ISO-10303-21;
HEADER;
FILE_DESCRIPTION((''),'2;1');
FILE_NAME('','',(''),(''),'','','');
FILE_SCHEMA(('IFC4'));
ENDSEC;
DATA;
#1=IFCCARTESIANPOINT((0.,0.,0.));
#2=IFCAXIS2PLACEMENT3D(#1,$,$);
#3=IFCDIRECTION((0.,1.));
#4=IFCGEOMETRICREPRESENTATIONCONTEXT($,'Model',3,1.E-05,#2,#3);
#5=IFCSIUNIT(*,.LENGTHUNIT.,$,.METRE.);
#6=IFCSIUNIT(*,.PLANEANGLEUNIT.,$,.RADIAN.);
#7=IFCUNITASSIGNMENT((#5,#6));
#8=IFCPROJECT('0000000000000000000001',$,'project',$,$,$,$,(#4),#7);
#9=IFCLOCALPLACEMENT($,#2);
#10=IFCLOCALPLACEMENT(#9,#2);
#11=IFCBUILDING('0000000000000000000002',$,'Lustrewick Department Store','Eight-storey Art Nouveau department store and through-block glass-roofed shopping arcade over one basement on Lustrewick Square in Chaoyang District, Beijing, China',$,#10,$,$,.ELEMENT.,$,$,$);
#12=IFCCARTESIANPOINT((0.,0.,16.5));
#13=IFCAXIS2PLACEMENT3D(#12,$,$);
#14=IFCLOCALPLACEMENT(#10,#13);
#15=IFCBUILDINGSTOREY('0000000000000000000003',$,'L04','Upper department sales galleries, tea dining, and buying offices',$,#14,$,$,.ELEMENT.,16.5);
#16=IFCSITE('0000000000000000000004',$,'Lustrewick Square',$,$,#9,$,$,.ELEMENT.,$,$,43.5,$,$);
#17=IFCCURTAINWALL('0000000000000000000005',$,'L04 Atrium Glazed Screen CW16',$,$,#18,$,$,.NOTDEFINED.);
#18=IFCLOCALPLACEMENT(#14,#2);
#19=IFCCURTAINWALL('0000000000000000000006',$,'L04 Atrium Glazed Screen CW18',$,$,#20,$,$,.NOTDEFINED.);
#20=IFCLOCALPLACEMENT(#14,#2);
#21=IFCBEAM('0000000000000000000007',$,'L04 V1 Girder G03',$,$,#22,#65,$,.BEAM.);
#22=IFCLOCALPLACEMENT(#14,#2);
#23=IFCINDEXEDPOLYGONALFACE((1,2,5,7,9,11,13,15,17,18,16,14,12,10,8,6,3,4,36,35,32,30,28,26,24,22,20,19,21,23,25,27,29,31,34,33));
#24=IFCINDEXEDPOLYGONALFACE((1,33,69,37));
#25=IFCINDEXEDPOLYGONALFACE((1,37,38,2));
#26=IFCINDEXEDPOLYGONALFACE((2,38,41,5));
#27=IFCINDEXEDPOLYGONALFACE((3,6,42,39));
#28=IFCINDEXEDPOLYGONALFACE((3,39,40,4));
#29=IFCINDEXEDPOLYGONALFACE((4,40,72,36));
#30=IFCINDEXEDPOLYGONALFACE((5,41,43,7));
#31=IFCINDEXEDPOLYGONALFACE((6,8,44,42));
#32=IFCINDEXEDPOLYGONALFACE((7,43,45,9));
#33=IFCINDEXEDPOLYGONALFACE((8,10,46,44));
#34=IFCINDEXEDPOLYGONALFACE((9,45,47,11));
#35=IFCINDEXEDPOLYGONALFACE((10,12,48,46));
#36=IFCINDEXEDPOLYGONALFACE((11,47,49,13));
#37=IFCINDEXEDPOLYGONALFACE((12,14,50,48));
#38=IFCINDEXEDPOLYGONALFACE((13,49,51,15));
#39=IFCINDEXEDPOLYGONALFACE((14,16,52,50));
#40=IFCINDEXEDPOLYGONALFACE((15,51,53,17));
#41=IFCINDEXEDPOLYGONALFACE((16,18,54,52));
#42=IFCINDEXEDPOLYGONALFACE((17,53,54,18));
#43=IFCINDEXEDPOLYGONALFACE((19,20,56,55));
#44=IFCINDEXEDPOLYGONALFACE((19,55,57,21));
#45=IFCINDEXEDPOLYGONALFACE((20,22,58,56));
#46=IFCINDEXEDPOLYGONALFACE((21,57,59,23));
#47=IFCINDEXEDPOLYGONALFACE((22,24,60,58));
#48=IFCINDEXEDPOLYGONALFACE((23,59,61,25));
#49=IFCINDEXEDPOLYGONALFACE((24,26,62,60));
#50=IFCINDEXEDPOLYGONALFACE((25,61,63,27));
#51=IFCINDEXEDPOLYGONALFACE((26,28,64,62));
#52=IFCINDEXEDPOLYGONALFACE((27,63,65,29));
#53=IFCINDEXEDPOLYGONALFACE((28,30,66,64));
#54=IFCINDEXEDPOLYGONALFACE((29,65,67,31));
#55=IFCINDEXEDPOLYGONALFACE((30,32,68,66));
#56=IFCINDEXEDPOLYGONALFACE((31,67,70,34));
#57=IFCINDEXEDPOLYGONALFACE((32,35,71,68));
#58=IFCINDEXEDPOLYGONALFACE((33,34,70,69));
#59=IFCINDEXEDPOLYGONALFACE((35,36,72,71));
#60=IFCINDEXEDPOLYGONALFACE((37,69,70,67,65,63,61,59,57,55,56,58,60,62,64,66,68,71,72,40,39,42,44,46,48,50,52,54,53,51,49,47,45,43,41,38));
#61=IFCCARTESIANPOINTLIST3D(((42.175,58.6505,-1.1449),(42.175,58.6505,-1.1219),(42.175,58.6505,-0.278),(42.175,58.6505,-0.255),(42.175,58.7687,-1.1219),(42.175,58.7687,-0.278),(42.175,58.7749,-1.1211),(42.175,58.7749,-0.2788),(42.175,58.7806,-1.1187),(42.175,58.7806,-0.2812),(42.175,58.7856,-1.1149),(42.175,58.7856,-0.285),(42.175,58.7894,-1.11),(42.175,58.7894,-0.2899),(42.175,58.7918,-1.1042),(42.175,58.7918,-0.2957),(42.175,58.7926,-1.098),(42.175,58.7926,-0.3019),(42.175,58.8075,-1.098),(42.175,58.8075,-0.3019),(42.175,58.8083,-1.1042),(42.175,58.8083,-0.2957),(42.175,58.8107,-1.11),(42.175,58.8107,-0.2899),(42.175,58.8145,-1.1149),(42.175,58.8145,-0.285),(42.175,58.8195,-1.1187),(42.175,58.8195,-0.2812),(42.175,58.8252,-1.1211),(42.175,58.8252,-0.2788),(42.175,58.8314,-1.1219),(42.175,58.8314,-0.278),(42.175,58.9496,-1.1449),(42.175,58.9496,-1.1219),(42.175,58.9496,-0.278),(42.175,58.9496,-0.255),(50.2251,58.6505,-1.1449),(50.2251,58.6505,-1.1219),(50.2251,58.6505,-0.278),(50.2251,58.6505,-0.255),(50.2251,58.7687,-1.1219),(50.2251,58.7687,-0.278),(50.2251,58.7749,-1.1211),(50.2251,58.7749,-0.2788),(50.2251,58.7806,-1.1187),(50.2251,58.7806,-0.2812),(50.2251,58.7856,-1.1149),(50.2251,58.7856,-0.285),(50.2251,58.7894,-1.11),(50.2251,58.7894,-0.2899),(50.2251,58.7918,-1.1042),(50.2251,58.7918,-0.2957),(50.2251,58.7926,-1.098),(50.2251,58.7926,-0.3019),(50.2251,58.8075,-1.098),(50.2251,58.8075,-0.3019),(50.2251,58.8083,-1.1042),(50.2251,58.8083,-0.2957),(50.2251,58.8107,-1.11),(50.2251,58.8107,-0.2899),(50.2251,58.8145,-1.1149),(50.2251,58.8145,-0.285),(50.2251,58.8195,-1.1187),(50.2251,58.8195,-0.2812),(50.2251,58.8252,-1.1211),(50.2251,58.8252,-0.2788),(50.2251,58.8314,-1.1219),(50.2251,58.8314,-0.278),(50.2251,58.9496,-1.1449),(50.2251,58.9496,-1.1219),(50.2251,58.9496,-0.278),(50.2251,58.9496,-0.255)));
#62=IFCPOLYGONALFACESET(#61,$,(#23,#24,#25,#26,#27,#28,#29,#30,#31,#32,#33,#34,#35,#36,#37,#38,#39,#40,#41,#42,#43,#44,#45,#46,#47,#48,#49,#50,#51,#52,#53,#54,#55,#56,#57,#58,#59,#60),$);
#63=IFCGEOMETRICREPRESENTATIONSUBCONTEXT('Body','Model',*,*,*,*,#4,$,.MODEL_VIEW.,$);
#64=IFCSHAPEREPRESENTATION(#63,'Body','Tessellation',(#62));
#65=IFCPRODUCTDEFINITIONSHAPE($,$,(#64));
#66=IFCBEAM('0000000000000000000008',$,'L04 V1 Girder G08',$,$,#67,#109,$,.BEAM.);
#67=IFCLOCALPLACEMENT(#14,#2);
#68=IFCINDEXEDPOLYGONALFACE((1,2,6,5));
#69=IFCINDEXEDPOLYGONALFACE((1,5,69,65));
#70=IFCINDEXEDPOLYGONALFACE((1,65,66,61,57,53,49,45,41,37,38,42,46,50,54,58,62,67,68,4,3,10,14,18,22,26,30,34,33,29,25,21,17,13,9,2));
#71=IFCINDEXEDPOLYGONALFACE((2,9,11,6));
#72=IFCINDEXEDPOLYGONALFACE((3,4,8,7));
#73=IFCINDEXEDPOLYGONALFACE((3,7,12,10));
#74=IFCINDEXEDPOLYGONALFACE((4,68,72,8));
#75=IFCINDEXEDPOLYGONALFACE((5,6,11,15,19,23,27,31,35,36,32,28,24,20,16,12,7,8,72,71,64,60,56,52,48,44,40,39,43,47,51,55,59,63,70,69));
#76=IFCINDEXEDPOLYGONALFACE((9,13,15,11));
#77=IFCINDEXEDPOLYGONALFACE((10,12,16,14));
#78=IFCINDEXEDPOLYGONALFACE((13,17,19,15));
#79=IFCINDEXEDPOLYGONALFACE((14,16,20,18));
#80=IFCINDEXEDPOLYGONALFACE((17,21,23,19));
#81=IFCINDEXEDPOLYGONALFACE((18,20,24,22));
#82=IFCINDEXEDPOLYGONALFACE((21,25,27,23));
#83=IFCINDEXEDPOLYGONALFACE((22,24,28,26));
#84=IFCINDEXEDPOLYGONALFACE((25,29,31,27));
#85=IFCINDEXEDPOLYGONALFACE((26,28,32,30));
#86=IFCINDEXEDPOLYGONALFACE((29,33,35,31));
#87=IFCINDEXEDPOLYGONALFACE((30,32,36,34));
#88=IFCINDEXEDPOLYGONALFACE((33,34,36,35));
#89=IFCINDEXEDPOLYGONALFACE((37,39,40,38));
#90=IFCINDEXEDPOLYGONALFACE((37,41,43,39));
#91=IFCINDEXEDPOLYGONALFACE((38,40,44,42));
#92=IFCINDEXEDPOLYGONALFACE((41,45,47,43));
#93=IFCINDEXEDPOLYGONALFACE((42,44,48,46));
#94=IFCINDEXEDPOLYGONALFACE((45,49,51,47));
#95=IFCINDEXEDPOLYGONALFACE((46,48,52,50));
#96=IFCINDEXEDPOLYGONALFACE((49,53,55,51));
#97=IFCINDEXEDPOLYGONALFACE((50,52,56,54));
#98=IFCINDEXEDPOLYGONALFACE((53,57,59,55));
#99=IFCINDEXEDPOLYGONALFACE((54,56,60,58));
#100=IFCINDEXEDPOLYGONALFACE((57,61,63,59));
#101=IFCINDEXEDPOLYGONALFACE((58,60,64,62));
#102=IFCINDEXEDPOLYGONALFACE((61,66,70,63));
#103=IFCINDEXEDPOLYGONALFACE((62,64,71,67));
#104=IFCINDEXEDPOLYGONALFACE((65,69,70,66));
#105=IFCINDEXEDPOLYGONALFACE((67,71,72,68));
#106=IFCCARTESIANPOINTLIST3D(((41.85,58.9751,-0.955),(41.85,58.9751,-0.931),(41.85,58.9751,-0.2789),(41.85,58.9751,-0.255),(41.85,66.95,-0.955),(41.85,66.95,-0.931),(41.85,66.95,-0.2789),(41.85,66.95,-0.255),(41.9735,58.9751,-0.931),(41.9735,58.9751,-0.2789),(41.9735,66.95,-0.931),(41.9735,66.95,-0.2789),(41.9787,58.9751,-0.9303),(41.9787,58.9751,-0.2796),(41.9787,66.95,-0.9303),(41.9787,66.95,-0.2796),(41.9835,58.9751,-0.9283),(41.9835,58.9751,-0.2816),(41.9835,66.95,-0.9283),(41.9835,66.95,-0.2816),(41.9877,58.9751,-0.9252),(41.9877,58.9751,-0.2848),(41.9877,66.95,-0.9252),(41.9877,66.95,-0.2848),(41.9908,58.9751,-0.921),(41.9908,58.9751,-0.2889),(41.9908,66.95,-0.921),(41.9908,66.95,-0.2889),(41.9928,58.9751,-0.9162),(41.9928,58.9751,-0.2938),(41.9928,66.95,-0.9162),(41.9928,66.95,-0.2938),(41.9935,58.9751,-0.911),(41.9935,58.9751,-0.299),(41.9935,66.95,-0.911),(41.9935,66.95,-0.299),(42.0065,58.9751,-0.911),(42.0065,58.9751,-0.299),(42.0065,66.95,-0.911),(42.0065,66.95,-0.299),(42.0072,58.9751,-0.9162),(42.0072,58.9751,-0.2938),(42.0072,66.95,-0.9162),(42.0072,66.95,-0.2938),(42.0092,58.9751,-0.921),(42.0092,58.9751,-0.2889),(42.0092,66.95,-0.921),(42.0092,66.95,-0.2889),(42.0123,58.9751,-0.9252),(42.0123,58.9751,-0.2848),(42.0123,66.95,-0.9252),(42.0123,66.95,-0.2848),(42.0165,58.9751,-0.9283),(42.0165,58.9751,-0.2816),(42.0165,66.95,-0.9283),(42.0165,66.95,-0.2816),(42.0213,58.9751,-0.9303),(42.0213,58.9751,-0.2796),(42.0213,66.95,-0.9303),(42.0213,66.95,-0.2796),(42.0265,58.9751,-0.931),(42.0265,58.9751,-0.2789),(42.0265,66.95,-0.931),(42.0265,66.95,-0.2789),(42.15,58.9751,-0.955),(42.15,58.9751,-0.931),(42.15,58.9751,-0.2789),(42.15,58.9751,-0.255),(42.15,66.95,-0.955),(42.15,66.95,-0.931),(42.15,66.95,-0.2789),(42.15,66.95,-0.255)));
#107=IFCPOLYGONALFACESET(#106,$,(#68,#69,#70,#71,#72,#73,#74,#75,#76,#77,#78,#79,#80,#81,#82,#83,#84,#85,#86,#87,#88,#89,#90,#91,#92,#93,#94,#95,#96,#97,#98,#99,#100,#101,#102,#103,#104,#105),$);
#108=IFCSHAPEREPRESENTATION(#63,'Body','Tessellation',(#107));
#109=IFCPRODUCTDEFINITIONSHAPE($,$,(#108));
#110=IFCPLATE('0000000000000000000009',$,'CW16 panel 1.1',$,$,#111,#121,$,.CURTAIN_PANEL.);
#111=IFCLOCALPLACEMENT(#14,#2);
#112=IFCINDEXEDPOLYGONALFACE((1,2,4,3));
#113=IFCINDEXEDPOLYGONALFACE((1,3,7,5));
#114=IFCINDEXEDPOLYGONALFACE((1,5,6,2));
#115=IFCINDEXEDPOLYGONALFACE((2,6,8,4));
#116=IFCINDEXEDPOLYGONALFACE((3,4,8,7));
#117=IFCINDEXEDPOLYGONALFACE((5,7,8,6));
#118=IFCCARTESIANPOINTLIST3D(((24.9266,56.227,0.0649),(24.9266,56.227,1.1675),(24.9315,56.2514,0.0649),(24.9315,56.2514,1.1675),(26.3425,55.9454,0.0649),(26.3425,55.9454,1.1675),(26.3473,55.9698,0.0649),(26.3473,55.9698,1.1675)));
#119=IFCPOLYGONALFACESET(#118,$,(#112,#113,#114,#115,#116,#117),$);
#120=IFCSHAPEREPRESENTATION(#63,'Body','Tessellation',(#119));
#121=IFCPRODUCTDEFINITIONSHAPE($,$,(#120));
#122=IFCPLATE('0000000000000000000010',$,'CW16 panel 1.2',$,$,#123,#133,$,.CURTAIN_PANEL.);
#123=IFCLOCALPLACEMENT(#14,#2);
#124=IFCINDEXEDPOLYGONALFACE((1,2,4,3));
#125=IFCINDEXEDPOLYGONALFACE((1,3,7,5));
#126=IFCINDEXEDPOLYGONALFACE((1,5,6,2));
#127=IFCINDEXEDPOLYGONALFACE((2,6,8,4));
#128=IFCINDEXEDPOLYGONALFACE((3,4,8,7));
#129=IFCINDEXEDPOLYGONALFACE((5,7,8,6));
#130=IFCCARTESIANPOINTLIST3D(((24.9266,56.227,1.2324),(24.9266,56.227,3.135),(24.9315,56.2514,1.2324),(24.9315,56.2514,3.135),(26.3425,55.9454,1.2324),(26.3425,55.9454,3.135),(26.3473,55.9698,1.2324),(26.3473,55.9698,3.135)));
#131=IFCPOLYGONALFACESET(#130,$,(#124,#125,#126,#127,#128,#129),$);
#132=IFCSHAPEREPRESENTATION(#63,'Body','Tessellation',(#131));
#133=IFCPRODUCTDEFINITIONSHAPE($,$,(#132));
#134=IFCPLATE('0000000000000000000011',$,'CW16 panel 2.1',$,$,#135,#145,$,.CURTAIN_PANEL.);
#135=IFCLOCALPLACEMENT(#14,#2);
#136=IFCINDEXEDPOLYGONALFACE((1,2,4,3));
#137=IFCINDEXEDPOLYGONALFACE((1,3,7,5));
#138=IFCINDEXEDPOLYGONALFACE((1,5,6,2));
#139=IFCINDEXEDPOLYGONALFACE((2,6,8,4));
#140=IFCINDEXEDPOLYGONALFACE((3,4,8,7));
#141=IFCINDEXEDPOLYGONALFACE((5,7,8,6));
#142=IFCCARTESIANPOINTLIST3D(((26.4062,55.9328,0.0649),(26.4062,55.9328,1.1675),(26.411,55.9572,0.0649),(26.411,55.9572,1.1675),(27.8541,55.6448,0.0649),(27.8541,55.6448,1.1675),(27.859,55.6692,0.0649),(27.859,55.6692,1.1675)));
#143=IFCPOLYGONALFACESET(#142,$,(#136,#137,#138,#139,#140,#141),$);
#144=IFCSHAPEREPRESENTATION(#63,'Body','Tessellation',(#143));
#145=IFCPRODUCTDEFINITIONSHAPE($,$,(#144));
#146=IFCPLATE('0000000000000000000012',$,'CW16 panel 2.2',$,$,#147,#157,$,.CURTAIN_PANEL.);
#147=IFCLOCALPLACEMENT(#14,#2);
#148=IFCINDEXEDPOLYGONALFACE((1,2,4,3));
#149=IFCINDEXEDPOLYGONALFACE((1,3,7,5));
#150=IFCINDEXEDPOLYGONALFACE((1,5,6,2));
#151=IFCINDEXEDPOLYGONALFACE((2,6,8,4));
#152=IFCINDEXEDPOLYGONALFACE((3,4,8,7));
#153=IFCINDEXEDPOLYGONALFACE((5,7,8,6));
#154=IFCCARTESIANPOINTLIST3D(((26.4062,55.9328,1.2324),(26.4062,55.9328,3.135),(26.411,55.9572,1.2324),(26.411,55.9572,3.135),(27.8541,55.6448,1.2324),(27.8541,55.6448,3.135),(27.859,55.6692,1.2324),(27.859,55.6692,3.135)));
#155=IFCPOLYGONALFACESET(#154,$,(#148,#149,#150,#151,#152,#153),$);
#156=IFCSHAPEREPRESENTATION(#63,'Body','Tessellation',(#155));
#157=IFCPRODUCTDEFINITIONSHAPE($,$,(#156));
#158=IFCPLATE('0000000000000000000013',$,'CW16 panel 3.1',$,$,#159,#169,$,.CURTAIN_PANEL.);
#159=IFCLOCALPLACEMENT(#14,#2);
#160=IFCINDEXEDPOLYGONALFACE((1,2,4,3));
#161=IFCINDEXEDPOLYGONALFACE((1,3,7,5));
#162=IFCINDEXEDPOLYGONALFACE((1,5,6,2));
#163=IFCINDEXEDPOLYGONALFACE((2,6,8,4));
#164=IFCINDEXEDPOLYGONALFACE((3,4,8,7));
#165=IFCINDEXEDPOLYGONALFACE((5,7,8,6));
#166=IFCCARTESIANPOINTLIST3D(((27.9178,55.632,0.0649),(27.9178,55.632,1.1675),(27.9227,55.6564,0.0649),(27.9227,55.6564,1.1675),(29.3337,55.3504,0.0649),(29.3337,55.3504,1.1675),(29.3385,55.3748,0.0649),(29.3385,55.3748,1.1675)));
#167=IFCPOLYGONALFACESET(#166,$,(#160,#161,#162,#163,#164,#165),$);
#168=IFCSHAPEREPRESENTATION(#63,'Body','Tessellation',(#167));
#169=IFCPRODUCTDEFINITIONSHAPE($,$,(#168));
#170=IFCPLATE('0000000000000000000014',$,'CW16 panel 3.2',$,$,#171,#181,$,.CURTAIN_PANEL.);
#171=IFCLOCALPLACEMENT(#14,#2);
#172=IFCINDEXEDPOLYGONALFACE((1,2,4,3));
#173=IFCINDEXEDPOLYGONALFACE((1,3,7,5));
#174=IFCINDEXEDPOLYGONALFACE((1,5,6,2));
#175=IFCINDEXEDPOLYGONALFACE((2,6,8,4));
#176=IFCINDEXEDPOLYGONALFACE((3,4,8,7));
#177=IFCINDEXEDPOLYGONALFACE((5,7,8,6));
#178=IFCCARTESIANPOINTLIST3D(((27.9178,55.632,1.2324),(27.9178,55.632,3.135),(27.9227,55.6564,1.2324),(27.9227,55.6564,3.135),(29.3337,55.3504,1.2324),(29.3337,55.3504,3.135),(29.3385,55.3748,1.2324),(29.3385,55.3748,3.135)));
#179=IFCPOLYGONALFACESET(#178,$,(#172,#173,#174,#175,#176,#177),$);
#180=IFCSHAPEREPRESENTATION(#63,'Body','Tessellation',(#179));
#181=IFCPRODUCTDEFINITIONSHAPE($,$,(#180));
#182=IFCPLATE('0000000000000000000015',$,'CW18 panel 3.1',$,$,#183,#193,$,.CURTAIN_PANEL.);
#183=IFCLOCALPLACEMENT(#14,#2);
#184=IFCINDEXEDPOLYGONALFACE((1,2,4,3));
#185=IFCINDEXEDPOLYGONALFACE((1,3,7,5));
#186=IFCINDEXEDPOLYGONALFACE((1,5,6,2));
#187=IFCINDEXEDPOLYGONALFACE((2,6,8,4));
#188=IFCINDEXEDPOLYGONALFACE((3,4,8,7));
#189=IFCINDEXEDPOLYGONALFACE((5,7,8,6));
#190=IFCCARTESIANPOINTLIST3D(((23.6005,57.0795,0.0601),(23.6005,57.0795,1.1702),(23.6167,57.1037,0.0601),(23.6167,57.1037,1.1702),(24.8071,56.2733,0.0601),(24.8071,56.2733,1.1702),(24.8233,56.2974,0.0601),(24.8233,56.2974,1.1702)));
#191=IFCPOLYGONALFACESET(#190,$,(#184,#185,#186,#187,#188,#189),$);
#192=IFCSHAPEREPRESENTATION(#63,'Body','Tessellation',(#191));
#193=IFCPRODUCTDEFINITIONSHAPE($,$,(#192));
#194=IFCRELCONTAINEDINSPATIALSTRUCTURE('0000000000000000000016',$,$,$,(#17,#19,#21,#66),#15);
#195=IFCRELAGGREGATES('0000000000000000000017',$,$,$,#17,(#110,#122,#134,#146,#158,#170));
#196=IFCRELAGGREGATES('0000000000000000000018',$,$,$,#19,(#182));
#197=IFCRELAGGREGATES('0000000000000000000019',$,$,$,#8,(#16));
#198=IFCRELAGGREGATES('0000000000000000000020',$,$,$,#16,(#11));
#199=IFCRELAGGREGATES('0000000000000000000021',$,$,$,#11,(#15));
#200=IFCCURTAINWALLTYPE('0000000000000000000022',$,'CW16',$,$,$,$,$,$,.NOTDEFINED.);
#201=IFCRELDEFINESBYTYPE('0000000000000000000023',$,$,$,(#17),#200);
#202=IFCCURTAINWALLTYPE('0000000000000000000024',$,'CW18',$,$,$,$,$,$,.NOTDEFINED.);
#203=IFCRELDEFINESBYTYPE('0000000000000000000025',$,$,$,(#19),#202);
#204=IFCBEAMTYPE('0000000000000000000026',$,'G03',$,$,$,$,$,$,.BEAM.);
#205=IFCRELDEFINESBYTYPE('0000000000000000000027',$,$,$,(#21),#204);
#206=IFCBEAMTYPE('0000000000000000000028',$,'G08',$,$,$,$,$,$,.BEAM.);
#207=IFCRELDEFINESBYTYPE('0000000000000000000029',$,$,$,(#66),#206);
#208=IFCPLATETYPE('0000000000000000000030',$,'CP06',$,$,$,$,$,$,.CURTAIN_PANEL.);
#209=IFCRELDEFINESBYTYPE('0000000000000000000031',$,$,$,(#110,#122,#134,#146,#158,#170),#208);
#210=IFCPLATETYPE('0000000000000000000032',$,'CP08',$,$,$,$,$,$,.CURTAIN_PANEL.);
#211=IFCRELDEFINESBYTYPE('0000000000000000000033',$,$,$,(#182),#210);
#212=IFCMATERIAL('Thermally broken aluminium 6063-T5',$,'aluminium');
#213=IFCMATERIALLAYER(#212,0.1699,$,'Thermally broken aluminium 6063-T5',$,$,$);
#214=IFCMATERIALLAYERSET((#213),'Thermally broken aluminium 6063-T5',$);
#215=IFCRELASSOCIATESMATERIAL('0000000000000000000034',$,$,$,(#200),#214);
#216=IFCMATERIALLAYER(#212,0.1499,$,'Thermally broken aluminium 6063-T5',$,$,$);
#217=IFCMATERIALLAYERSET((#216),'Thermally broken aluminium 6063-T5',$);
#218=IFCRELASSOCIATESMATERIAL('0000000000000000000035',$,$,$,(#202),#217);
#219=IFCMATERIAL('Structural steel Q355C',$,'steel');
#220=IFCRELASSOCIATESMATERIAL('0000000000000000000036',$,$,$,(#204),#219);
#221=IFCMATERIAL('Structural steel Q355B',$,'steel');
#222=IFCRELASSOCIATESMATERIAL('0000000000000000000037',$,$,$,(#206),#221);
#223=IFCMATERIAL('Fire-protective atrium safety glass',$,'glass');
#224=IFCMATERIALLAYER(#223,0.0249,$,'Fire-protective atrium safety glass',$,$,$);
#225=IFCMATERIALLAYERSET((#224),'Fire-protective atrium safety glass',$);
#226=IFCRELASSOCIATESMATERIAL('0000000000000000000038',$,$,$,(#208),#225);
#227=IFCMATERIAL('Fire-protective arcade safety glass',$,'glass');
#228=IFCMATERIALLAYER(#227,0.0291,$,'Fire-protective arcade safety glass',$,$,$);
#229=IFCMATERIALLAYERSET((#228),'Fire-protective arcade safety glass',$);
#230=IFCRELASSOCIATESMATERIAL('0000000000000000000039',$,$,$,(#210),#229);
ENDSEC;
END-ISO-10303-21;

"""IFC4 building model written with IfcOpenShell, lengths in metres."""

from ifc_helpers import new_model, si_unit, direction, frame, origin, origin_2d, place, context, subcontext, project, spatial, rectangle, i_section, extrude, material, layer, layer_set, material_profile, profile_set, type_object, element, aggregate, save


model = new_model("IFC4")

# Units and contexts
model_context = context("Model", 3, precision=1e-05, world=origin(), true_north=direction((0.0, 1.0)))
body_context = subcontext(model_context, "Body", "Model", "MODEL_VIEW")
ifc_project = project(units=[si_unit("LENGTHUNIT", "METRE"), si_unit("PLANEANGLEUNIT", "RADIAN")], contexts=[model_context])

# Site, building, storey
site_placement = place(None, origin())
site = spatial("IfcSite", under=ifc_project, at=site_placement, Name="Lustrewick Square", CompositionType="ELEMENT", RefElevation=43.5)
building_placement = place(site_placement, origin())
building = spatial("IfcBuilding", under=site, at=building_placement, Name="Lustrewick Department Store", Description="Eight-storey Art Nouveau department store and through-block glass-roofed shopping arcade over one basement on Lustrewick Square in Chaoyang District, Beijing, China", CompositionType="ELEMENT")
storey_placement = place(building_placement, frame((0.0, 0.0, 16.5)))
storey = spatial("IfcBuildingStorey", under=building, at=storey_placement, Name="L04", Description="Upper department sales galleries, tea dining, and buying offices", CompositionType="ELEMENT", Elevation=16.5)

# Shared definitions
ifc_material_1 = material(Name="Structural steel Q355C", Category="steel")
ifc_material_2 = material(Name="Structural steel Q355B", Category="steel")

# Curtain walls
ifc_material_3 = material(Name="Thermally broken aluminium 6063-T5", Category="aluminium")
ifc_layer_1 = layer(ifc_material_3, 0.1699, Name="Thermally broken aluminium 6063-T5")
ifc_layer_set_1 = layer_set([ifc_layer_1], Name="Thermally broken aluminium 6063-T5")
curtain_wall_type_1 = type_object("IfcCurtainWallType", Name="CW16", PredefinedType="NOTDEFINED", material=ifc_layer_set_1)
curtain_wall_1_placement = place(storey_placement, origin())
curtain_wall_1 = element("IfcCurtainWall", 1, at=curtain_wall_1_placement, inside=storey, type_object=curtain_wall_type_1, Name="L04 Atrium Glazed Screen CW16", PredefinedType="NOTDEFINED")
ifc_layer_2 = layer(ifc_material_3, 0.1499, Name="Thermally broken aluminium 6063-T5")
ifc_layer_set_2 = layer_set([ifc_layer_2], Name="Thermally broken aluminium 6063-T5")
curtain_wall_type_2 = type_object("IfcCurtainWallType", Name="CW18", PredefinedType="NOTDEFINED", material=ifc_layer_set_2)
curtain_wall_2_placement = place(storey_placement, origin())
curtain_wall_2 = element("IfcCurtainWall", 2, at=curtain_wall_2_placement, inside=storey, type_object=curtain_wall_type_2, Name="L04 Atrium Glazed Screen CW18", PredefinedType="NOTDEFINED")

# Beams
ifc_material_profile_1 = material_profile(ifc_material_1, i_section(OverallWidth=0.2991, OverallDepth=0.8899, WebThickness=0.0149, FlangeThickness=0.0229, FilletRadius=0.0239, at=origin_2d()), Name="HN 890x299x15x23")
ifc_profile_set_1 = profile_set([ifc_material_profile_1], Name="Structural steel Q355C")
beam_type_1 = type_object("IfcBeamType", Name="G03", PredefinedType="BEAM", material=ifc_profile_set_1)
beam_1_placement = place(storey_placement, frame((42.175, 58.8, -0.7), z_axis=(1.0, 0.0, 0.0), x_axis=(0.0, 1.0, 0.0)))
element("IfcBeam", 3, at=beam_1_placement, inside=storey, type_object=beam_type_1, Name="L04 V1 Girder G03", PredefinedType="BEAM", context=body_context, shape_type="SweptSolid", body=[
    extrude(i_section(OverallWidth=0.2991, OverallDepth=0.8899, WebThickness=0.0149, FlangeThickness=0.0229, FilletRadius=0.0239, at=origin_2d()), origin(), (0.0, 0.0, 1.0), 8.05),
])
ifc_material_profile_2 = material_profile(ifc_material_2, i_section(OverallWidth=0.3, OverallDepth=0.7, WebThickness=0.0129, FlangeThickness=0.0239, FilletRadius=0.02, at=origin_2d()), Name="HN 700x300x13x24")
ifc_profile_set_2 = profile_set([ifc_material_profile_2], Name="Structural steel Q355B")
beam_type_2 = type_object("IfcBeamType", Name="G08", PredefinedType="BEAM", material=ifc_profile_set_2)
beam_2_placement = place(storey_placement, frame((42.0, 58.9751, -0.605), z_axis=(0.0, 1.0, 0.0), x_axis=(-1.0, 0.0, 0.0)))
element("IfcBeam", 4, at=beam_2_placement, inside=storey, type_object=beam_type_2, Name="L04 V1 Girder G08", PredefinedType="BEAM", context=body_context, shape_type="SweptSolid", body=[
    extrude(i_section(OverallWidth=0.3, OverallDepth=0.7, WebThickness=0.0129, FlangeThickness=0.0239, FilletRadius=0.02, at=origin_2d()), origin(), (0.0, 0.0, 1.0), 7.9749),
])

# Plates
ifc_material_4 = material(Name="Fire-protective atrium safety glass", Category="glass")
ifc_layer_3 = layer(ifc_material_4, 0.0249, Name="Fire-protective atrium safety glass")
ifc_layer_set_3 = layer_set([ifc_layer_3], Name="Fire-protective atrium safety glass")
plate_type_1 = type_object("IfcPlateType", Name="CP06", PredefinedType="CURTAIN_PANEL", material=ifc_layer_set_3)
plate_1_placement = place(storey_placement, frame((25.637, 56.0984, 0.0649), z_axis=(0.0, 0.0, 1.0), x_axis=(0.980786, -0.195085, 0.0)))
plate_1 = element("IfcPlate", 5, at=plate_1_placement, type_object=plate_type_1, Name="CW16 panel 1.1", PredefinedType="CURTAIN_PANEL", context=body_context, shape_type="SweptSolid", body=[
    extrude(rectangle(XDim=1.4436, YDim=0.0249, at=origin_2d()), origin(), (0.0, 0.0, 1.0), 1.1025),
])
plate_2_placement = place(storey_placement, frame((25.637, 56.0984, 1.2324), z_axis=(0.0, 0.0, 1.0), x_axis=(0.980786, -0.195085, 0.0)))
plate_2 = element("IfcPlate", 6, at=plate_2_placement, type_object=plate_type_1, Name="CW16 panel 1.2", PredefinedType="CURTAIN_PANEL", context=body_context, shape_type="SweptSolid", body=[
    extrude(rectangle(XDim=1.4436, YDim=0.0249, at=origin_2d()), origin(), (0.0, 0.0, 1.0), 1.9026),
])
plate_3_placement = place(storey_placement, frame((27.1326, 55.801, 0.0649), z_axis=(0.0, 0.0, 1.0), x_axis=(0.980786, -0.195085, 0.0)))
plate_3 = element("IfcPlate", 7, at=plate_3_placement, type_object=plate_type_1, Name="CW16 panel 2.1", PredefinedType="CURTAIN_PANEL", context=body_context, shape_type="SweptSolid", body=[
    extrude(rectangle(XDim=1.4763, YDim=0.0249, at=origin_2d()), origin(), (0.0, 0.0, 1.0), 1.1025),
])
plate_4_placement = place(storey_placement, frame((27.1326, 55.801, 1.2324), z_axis=(0.0, 0.0, 1.0), x_axis=(0.980786, -0.195085, 0.0)))
plate_4 = element("IfcPlate", 8, at=plate_4_placement, type_object=plate_type_1, Name="CW16 panel 2.2", PredefinedType="CURTAIN_PANEL", context=body_context, shape_type="SweptSolid", body=[
    extrude(rectangle(XDim=1.4763, YDim=0.0249, at=origin_2d()), origin(), (0.0, 0.0, 1.0), 1.9026),
])
plate_5_placement = place(storey_placement, frame((28.6282, 55.5034, 0.0649), z_axis=(0.0, 0.0, 1.0), x_axis=(0.980786, -0.195085, 0.0)))
plate_5 = element("IfcPlate", 9, at=plate_5_placement, type_object=plate_type_1, Name="CW16 panel 3.1", PredefinedType="CURTAIN_PANEL", context=body_context, shape_type="SweptSolid", body=[
    extrude(rectangle(XDim=1.4436, YDim=0.0249, at=origin_2d()), origin(), (0.0, 0.0, 1.0), 1.1025),
])
plate_6_placement = place(storey_placement, frame((28.6282, 55.5034, 1.2324), z_axis=(0.0, 0.0, 1.0), x_axis=(0.980786, -0.195085, 0.0)))
plate_6 = element("IfcPlate", 10, at=plate_6_placement, type_object=plate_type_1, Name="CW16 panel 3.2", PredefinedType="CURTAIN_PANEL", context=body_context, shape_type="SweptSolid", body=[
    extrude(rectangle(XDim=1.4436, YDim=0.0249, at=origin_2d()), origin(), (0.0, 0.0, 1.0), 1.9026),
])
aggregate(curtain_wall_1, [plate_1, plate_2, plate_3, plate_4, plate_5, plate_6])
ifc_material_5 = material(Name="Fire-protective arcade safety glass", Category="glass")
ifc_layer_4 = layer(ifc_material_5, 0.0291, Name="Fire-protective arcade safety glass")
ifc_layer_set_4 = layer_set([ifc_layer_4], Name="Fire-protective arcade safety glass")
plate_type_2 = type_object("IfcPlateType", Name="CP08", PredefinedType="CURTAIN_PANEL", material=ifc_layer_set_4)
plate_7_placement = place(storey_placement, frame((24.2119, 56.6885, 0.0601), z_axis=(0.0, 0.0, 1.0), x_axis=(0.831464, -0.555578, 0.0)))
plate_7 = element("IfcPlate", 11, at=plate_7_placement, type_object=plate_type_2, Name="CW18 panel 3.1", PredefinedType="CURTAIN_PANEL", context=body_context, shape_type="SweptSolid", body=[
    extrude(rectangle(XDim=1.4512, YDim=0.0291, at=origin_2d()), origin(), (0.0, 0.0, 1.0), 1.1101),
])
aggregate(curtain_wall_2, [plate_7])

save(model, "model.ifc")
